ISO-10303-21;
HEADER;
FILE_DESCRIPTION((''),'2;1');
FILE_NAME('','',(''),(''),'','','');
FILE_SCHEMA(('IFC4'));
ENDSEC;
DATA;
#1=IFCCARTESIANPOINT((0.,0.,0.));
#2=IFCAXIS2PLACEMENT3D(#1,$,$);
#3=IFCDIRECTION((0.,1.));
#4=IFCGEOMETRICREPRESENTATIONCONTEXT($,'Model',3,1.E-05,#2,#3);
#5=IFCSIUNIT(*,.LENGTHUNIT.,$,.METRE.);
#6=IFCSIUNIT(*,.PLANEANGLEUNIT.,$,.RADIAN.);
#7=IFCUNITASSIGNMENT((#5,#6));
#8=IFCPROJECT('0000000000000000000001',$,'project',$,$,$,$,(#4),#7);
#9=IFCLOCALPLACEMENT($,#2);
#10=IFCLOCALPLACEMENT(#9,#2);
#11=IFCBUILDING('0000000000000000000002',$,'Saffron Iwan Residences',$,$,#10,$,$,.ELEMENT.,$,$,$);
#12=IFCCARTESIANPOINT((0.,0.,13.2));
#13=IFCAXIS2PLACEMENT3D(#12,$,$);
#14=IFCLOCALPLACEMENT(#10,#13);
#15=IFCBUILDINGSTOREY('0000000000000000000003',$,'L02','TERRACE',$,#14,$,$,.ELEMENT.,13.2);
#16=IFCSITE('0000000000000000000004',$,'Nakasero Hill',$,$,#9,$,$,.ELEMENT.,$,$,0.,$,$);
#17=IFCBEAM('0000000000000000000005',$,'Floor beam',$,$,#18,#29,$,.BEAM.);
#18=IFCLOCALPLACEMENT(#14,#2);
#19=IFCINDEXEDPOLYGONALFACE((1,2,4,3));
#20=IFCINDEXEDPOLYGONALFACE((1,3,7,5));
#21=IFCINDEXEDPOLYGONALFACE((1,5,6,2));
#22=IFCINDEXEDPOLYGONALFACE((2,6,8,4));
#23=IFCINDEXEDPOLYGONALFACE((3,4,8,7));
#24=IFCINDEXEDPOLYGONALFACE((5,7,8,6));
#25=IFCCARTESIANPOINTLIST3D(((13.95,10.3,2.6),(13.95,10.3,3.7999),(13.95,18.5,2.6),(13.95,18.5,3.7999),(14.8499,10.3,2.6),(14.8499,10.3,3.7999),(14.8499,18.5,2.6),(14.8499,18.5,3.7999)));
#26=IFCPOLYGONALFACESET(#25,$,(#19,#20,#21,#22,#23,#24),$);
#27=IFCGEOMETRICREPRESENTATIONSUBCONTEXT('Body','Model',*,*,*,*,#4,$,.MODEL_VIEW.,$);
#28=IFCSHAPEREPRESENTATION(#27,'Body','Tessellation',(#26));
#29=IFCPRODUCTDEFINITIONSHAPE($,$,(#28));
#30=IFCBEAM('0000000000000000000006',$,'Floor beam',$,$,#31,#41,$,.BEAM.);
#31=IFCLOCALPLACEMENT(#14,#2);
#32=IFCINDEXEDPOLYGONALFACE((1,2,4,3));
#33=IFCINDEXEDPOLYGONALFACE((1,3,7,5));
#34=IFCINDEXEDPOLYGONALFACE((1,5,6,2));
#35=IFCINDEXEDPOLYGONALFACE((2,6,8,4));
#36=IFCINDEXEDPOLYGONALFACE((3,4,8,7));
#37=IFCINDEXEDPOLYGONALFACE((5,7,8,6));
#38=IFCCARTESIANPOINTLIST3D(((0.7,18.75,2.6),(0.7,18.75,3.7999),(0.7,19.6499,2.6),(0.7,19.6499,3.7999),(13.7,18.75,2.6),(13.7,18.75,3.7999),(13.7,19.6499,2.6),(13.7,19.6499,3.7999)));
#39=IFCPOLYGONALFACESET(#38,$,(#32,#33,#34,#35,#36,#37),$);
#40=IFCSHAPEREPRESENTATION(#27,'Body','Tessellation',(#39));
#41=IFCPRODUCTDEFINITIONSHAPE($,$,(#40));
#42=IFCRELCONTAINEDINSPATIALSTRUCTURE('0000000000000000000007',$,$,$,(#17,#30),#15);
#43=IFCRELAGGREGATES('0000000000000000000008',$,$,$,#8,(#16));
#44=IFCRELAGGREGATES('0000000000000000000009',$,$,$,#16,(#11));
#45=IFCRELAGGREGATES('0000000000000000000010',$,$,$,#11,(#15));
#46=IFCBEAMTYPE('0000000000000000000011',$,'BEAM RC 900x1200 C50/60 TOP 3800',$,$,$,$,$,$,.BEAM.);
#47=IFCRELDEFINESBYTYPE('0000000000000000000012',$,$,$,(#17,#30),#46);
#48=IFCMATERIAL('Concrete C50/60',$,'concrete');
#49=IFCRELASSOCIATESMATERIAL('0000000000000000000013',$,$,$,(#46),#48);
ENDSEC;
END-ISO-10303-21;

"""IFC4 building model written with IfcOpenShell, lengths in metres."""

from ifc_helpers import new_model, si_unit, direction, frame, origin, origin_2d, place, context, subcontext, project, spatial, rectangle, extrude, source, transform, mapped, material, material_profile, profile_set, type_object, element, save


model = new_model("IFC4")

# Units and contexts
model_context = context("Model", 3, precision=1e-05, world=origin(), true_north=direction((0.0, 1.0)))
body_context = subcontext(model_context, "Body", "Model", "MODEL_VIEW")
ifc_project = project(units=[si_unit("LENGTHUNIT", "METRE"), si_unit("PLANEANGLEUNIT", "RADIAN")], contexts=[model_context])

# Site, building, storey
site_placement = place(None, origin())
site = spatial("IfcSite", under=ifc_project, at=site_placement, Name="Nakasero Hill", CompositionType="ELEMENT", RefElevation=0.0)
building_placement = place(site_placement, origin())
building = spatial("IfcBuilding", under=site, at=building_placement, Name="Saffron Iwan Residences", CompositionType="ELEMENT")
storey_placement = place(building_placement, frame((0.0, 0.0, 13.2)))
storey = spatial("IfcBuildingStorey", under=building, at=storey_placement, Name="L02", Description="TERRACE", CompositionType="ELEMENT", Elevation=13.2)

# Shared definitions
ifc_material_1 = material(Name="Concrete C50/60", Category="concrete")

# Beams
ifc_material_profile_1 = material_profile(ifc_material_1, rectangle(XDim=0.8999, YDim=1.2, at=origin_2d()), Name="RC 900x1200")
ifc_profile_set_1 = profile_set([ifc_material_profile_1], Name="Concrete C50/60")
beam_type_1 = type_object("IfcBeamType", Name="BEAM RC 900x1200 C50/60 TOP 3800", PredefinedType="BEAM", material=ifc_profile_set_1)
shared_shape_1 = source(origin(), body_context, "Body", "SweptSolid", [
    extrude(rectangle(XDim=0.8999, YDim=1.2, at=origin_2d()), origin(), (0.0, 0.0, 1.0), 8.2),
])
beam_1_placement = place(storey_placement, frame((14.3999, 10.3, 3.2), z_axis=(0.0, 1.0, 0.0), x_axis=(-1.0, 0.0, 0.0)))
element("IfcBeam", 1, at=beam_1_placement, inside=storey, type_object=beam_type_1, Name="Floor beam", PredefinedType="BEAM", context=body_context, shape_type="MappedRepresentation", body=[
    mapped(shared_shape_1, transform((0.0, 0.0, 0.0))),
])
shared_shape_2 = source(origin(), body_context, "Body", "SweptSolid", [
    extrude(rectangle(XDim=0.8999, YDim=1.2, at=origin_2d()), origin(), (0.0, 0.0, 1.0), 13.0),
])
beam_2_placement = place(storey_placement, frame((0.7, 19.2, 3.2), z_axis=(1.0, 0.0, 0.0), x_axis=(0.0, 1.0, 0.0)))
element("IfcBeam", 2, at=beam_2_placement, inside=storey, type_object=beam_type_1, Name="Floor beam", PredefinedType="BEAM", context=body_context, shape_type="MappedRepresentation", body=[
    mapped(shared_shape_2, transform((0.0, 0.0, 0.0))),
])

save(model, "model.ifc")
